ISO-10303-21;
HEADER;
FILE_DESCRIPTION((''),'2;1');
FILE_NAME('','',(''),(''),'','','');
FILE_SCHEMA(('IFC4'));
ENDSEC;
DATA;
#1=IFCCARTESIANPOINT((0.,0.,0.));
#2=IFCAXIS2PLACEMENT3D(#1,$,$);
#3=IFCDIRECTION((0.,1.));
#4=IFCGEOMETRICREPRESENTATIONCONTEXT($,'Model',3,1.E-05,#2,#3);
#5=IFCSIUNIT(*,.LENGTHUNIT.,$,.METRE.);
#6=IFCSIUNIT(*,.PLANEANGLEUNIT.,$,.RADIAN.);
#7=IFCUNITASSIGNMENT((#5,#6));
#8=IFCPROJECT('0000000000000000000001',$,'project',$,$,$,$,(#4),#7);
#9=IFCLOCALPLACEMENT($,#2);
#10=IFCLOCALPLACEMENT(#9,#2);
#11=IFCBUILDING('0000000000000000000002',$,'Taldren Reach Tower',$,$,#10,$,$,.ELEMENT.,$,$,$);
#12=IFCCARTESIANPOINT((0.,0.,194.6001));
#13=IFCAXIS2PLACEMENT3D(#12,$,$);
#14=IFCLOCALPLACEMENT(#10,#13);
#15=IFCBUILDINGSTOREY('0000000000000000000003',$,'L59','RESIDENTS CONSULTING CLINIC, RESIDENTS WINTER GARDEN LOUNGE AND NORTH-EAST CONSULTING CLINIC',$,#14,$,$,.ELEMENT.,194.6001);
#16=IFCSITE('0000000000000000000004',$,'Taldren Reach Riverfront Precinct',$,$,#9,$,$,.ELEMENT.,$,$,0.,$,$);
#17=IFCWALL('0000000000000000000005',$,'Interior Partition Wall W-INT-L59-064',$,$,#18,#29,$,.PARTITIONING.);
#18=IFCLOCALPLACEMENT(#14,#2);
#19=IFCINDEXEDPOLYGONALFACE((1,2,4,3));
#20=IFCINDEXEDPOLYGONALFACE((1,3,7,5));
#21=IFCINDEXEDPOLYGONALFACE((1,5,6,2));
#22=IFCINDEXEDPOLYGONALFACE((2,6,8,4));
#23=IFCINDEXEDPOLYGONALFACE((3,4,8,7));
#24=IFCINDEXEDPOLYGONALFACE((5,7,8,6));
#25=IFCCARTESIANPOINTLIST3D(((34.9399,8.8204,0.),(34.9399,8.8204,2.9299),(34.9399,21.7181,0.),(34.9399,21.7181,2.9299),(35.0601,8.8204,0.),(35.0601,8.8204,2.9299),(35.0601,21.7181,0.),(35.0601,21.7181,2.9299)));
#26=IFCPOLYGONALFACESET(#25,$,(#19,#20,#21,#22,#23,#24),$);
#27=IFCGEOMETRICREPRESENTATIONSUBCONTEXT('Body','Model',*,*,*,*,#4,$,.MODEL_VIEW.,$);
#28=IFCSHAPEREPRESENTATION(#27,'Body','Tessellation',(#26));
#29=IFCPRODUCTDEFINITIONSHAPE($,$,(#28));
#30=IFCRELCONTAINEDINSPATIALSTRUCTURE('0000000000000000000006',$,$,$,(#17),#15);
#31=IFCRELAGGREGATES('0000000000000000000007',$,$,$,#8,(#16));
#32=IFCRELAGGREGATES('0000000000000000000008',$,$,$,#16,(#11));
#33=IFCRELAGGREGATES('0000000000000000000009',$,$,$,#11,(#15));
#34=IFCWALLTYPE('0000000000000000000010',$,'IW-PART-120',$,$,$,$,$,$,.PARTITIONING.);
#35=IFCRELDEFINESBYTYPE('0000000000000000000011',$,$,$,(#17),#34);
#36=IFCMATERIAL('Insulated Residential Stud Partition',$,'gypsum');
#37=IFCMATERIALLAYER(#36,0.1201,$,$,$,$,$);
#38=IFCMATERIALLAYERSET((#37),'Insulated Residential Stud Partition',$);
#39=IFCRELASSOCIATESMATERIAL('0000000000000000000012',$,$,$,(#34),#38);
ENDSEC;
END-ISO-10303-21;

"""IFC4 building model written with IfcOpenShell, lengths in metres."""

from ifc_helpers import new_model, si_unit, direction, frame, frame_2d, origin, place, context, subcontext, project, spatial, rectangle, extrude, source, transform, mapped, material, layer, layer_set, type_object, element, save


model = new_model("IFC4")

# Units and contexts
model_context = context("Model", 3, precision=1e-05, world=origin(), true_north=direction((0.0, 1.0)))
body_context = subcontext(model_context, "Body", "Model", "MODEL_VIEW")
ifc_project = project(units=[si_unit("LENGTHUNIT", "METRE"), si_unit("PLANEANGLEUNIT", "RADIAN")], contexts=[model_context])

# Site, building, storey
site_placement = place(None, origin())
site = spatial("IfcSite", under=ifc_project, at=site_placement, Name="Taldren Reach Riverfront Precinct", CompositionType="ELEMENT", RefElevation=0.0)
building_placement = place(site_placement, origin())
building = spatial("IfcBuilding", under=site, at=building_placement, Name="Taldren Reach Tower", CompositionType="ELEMENT")
storey_placement = place(building_placement, frame((0.0, 0.0, 194.6001)))
storey = spatial("IfcBuildingStorey", under=building, at=storey_placement, Name="L59", Description="RESIDENTS CONSULTING CLINIC, RESIDENTS WINTER GARDEN LOUNGE AND NORTH-EAST CONSULTING CLINIC", CompositionType="ELEMENT", Elevation=194.6001)

# Shared definitions
ifc_material_1 = material(Name="Insulated Residential Stud Partition", Category="gypsum")
ifc_layer_1 = layer(ifc_material_1, 0.1201)
ifc_layer_set_1 = layer_set([ifc_layer_1], Name="Insulated Residential Stud Partition")
wall_type_1 = type_object("IfcWallType", Name="IW-PART-120", PredefinedType="PARTITIONING", material=ifc_layer_set_1)

# Wall
shared_shape_1 = source(origin(), body_context, "Body", "SweptSolid", [
    extrude(rectangle(XDim=12.8977, YDim=0.1201, at=frame_2d((6.4487, 0.0))), origin(), (0.0, 0.0, 1.0), 2.9299),
])
wall_1_placement = place(storey_placement, frame((35.0, 21.718, 0.0), z_axis=(0.0, 0.0, 1.0), x_axis=(0.0, -1.0, 0.0)))
element("IfcWall", 1, at=wall_1_placement, inside=storey, type_object=wall_type_1, Name="Interior Partition Wall W-INT-L59-064", PredefinedType="PARTITIONING", context=body_context, shape_type="MappedRepresentation", body=[
    mapped(shared_shape_1, transform((0.0, 0.0, 0.0), scale=1.0)),
])

save(model, "model.ifc")
